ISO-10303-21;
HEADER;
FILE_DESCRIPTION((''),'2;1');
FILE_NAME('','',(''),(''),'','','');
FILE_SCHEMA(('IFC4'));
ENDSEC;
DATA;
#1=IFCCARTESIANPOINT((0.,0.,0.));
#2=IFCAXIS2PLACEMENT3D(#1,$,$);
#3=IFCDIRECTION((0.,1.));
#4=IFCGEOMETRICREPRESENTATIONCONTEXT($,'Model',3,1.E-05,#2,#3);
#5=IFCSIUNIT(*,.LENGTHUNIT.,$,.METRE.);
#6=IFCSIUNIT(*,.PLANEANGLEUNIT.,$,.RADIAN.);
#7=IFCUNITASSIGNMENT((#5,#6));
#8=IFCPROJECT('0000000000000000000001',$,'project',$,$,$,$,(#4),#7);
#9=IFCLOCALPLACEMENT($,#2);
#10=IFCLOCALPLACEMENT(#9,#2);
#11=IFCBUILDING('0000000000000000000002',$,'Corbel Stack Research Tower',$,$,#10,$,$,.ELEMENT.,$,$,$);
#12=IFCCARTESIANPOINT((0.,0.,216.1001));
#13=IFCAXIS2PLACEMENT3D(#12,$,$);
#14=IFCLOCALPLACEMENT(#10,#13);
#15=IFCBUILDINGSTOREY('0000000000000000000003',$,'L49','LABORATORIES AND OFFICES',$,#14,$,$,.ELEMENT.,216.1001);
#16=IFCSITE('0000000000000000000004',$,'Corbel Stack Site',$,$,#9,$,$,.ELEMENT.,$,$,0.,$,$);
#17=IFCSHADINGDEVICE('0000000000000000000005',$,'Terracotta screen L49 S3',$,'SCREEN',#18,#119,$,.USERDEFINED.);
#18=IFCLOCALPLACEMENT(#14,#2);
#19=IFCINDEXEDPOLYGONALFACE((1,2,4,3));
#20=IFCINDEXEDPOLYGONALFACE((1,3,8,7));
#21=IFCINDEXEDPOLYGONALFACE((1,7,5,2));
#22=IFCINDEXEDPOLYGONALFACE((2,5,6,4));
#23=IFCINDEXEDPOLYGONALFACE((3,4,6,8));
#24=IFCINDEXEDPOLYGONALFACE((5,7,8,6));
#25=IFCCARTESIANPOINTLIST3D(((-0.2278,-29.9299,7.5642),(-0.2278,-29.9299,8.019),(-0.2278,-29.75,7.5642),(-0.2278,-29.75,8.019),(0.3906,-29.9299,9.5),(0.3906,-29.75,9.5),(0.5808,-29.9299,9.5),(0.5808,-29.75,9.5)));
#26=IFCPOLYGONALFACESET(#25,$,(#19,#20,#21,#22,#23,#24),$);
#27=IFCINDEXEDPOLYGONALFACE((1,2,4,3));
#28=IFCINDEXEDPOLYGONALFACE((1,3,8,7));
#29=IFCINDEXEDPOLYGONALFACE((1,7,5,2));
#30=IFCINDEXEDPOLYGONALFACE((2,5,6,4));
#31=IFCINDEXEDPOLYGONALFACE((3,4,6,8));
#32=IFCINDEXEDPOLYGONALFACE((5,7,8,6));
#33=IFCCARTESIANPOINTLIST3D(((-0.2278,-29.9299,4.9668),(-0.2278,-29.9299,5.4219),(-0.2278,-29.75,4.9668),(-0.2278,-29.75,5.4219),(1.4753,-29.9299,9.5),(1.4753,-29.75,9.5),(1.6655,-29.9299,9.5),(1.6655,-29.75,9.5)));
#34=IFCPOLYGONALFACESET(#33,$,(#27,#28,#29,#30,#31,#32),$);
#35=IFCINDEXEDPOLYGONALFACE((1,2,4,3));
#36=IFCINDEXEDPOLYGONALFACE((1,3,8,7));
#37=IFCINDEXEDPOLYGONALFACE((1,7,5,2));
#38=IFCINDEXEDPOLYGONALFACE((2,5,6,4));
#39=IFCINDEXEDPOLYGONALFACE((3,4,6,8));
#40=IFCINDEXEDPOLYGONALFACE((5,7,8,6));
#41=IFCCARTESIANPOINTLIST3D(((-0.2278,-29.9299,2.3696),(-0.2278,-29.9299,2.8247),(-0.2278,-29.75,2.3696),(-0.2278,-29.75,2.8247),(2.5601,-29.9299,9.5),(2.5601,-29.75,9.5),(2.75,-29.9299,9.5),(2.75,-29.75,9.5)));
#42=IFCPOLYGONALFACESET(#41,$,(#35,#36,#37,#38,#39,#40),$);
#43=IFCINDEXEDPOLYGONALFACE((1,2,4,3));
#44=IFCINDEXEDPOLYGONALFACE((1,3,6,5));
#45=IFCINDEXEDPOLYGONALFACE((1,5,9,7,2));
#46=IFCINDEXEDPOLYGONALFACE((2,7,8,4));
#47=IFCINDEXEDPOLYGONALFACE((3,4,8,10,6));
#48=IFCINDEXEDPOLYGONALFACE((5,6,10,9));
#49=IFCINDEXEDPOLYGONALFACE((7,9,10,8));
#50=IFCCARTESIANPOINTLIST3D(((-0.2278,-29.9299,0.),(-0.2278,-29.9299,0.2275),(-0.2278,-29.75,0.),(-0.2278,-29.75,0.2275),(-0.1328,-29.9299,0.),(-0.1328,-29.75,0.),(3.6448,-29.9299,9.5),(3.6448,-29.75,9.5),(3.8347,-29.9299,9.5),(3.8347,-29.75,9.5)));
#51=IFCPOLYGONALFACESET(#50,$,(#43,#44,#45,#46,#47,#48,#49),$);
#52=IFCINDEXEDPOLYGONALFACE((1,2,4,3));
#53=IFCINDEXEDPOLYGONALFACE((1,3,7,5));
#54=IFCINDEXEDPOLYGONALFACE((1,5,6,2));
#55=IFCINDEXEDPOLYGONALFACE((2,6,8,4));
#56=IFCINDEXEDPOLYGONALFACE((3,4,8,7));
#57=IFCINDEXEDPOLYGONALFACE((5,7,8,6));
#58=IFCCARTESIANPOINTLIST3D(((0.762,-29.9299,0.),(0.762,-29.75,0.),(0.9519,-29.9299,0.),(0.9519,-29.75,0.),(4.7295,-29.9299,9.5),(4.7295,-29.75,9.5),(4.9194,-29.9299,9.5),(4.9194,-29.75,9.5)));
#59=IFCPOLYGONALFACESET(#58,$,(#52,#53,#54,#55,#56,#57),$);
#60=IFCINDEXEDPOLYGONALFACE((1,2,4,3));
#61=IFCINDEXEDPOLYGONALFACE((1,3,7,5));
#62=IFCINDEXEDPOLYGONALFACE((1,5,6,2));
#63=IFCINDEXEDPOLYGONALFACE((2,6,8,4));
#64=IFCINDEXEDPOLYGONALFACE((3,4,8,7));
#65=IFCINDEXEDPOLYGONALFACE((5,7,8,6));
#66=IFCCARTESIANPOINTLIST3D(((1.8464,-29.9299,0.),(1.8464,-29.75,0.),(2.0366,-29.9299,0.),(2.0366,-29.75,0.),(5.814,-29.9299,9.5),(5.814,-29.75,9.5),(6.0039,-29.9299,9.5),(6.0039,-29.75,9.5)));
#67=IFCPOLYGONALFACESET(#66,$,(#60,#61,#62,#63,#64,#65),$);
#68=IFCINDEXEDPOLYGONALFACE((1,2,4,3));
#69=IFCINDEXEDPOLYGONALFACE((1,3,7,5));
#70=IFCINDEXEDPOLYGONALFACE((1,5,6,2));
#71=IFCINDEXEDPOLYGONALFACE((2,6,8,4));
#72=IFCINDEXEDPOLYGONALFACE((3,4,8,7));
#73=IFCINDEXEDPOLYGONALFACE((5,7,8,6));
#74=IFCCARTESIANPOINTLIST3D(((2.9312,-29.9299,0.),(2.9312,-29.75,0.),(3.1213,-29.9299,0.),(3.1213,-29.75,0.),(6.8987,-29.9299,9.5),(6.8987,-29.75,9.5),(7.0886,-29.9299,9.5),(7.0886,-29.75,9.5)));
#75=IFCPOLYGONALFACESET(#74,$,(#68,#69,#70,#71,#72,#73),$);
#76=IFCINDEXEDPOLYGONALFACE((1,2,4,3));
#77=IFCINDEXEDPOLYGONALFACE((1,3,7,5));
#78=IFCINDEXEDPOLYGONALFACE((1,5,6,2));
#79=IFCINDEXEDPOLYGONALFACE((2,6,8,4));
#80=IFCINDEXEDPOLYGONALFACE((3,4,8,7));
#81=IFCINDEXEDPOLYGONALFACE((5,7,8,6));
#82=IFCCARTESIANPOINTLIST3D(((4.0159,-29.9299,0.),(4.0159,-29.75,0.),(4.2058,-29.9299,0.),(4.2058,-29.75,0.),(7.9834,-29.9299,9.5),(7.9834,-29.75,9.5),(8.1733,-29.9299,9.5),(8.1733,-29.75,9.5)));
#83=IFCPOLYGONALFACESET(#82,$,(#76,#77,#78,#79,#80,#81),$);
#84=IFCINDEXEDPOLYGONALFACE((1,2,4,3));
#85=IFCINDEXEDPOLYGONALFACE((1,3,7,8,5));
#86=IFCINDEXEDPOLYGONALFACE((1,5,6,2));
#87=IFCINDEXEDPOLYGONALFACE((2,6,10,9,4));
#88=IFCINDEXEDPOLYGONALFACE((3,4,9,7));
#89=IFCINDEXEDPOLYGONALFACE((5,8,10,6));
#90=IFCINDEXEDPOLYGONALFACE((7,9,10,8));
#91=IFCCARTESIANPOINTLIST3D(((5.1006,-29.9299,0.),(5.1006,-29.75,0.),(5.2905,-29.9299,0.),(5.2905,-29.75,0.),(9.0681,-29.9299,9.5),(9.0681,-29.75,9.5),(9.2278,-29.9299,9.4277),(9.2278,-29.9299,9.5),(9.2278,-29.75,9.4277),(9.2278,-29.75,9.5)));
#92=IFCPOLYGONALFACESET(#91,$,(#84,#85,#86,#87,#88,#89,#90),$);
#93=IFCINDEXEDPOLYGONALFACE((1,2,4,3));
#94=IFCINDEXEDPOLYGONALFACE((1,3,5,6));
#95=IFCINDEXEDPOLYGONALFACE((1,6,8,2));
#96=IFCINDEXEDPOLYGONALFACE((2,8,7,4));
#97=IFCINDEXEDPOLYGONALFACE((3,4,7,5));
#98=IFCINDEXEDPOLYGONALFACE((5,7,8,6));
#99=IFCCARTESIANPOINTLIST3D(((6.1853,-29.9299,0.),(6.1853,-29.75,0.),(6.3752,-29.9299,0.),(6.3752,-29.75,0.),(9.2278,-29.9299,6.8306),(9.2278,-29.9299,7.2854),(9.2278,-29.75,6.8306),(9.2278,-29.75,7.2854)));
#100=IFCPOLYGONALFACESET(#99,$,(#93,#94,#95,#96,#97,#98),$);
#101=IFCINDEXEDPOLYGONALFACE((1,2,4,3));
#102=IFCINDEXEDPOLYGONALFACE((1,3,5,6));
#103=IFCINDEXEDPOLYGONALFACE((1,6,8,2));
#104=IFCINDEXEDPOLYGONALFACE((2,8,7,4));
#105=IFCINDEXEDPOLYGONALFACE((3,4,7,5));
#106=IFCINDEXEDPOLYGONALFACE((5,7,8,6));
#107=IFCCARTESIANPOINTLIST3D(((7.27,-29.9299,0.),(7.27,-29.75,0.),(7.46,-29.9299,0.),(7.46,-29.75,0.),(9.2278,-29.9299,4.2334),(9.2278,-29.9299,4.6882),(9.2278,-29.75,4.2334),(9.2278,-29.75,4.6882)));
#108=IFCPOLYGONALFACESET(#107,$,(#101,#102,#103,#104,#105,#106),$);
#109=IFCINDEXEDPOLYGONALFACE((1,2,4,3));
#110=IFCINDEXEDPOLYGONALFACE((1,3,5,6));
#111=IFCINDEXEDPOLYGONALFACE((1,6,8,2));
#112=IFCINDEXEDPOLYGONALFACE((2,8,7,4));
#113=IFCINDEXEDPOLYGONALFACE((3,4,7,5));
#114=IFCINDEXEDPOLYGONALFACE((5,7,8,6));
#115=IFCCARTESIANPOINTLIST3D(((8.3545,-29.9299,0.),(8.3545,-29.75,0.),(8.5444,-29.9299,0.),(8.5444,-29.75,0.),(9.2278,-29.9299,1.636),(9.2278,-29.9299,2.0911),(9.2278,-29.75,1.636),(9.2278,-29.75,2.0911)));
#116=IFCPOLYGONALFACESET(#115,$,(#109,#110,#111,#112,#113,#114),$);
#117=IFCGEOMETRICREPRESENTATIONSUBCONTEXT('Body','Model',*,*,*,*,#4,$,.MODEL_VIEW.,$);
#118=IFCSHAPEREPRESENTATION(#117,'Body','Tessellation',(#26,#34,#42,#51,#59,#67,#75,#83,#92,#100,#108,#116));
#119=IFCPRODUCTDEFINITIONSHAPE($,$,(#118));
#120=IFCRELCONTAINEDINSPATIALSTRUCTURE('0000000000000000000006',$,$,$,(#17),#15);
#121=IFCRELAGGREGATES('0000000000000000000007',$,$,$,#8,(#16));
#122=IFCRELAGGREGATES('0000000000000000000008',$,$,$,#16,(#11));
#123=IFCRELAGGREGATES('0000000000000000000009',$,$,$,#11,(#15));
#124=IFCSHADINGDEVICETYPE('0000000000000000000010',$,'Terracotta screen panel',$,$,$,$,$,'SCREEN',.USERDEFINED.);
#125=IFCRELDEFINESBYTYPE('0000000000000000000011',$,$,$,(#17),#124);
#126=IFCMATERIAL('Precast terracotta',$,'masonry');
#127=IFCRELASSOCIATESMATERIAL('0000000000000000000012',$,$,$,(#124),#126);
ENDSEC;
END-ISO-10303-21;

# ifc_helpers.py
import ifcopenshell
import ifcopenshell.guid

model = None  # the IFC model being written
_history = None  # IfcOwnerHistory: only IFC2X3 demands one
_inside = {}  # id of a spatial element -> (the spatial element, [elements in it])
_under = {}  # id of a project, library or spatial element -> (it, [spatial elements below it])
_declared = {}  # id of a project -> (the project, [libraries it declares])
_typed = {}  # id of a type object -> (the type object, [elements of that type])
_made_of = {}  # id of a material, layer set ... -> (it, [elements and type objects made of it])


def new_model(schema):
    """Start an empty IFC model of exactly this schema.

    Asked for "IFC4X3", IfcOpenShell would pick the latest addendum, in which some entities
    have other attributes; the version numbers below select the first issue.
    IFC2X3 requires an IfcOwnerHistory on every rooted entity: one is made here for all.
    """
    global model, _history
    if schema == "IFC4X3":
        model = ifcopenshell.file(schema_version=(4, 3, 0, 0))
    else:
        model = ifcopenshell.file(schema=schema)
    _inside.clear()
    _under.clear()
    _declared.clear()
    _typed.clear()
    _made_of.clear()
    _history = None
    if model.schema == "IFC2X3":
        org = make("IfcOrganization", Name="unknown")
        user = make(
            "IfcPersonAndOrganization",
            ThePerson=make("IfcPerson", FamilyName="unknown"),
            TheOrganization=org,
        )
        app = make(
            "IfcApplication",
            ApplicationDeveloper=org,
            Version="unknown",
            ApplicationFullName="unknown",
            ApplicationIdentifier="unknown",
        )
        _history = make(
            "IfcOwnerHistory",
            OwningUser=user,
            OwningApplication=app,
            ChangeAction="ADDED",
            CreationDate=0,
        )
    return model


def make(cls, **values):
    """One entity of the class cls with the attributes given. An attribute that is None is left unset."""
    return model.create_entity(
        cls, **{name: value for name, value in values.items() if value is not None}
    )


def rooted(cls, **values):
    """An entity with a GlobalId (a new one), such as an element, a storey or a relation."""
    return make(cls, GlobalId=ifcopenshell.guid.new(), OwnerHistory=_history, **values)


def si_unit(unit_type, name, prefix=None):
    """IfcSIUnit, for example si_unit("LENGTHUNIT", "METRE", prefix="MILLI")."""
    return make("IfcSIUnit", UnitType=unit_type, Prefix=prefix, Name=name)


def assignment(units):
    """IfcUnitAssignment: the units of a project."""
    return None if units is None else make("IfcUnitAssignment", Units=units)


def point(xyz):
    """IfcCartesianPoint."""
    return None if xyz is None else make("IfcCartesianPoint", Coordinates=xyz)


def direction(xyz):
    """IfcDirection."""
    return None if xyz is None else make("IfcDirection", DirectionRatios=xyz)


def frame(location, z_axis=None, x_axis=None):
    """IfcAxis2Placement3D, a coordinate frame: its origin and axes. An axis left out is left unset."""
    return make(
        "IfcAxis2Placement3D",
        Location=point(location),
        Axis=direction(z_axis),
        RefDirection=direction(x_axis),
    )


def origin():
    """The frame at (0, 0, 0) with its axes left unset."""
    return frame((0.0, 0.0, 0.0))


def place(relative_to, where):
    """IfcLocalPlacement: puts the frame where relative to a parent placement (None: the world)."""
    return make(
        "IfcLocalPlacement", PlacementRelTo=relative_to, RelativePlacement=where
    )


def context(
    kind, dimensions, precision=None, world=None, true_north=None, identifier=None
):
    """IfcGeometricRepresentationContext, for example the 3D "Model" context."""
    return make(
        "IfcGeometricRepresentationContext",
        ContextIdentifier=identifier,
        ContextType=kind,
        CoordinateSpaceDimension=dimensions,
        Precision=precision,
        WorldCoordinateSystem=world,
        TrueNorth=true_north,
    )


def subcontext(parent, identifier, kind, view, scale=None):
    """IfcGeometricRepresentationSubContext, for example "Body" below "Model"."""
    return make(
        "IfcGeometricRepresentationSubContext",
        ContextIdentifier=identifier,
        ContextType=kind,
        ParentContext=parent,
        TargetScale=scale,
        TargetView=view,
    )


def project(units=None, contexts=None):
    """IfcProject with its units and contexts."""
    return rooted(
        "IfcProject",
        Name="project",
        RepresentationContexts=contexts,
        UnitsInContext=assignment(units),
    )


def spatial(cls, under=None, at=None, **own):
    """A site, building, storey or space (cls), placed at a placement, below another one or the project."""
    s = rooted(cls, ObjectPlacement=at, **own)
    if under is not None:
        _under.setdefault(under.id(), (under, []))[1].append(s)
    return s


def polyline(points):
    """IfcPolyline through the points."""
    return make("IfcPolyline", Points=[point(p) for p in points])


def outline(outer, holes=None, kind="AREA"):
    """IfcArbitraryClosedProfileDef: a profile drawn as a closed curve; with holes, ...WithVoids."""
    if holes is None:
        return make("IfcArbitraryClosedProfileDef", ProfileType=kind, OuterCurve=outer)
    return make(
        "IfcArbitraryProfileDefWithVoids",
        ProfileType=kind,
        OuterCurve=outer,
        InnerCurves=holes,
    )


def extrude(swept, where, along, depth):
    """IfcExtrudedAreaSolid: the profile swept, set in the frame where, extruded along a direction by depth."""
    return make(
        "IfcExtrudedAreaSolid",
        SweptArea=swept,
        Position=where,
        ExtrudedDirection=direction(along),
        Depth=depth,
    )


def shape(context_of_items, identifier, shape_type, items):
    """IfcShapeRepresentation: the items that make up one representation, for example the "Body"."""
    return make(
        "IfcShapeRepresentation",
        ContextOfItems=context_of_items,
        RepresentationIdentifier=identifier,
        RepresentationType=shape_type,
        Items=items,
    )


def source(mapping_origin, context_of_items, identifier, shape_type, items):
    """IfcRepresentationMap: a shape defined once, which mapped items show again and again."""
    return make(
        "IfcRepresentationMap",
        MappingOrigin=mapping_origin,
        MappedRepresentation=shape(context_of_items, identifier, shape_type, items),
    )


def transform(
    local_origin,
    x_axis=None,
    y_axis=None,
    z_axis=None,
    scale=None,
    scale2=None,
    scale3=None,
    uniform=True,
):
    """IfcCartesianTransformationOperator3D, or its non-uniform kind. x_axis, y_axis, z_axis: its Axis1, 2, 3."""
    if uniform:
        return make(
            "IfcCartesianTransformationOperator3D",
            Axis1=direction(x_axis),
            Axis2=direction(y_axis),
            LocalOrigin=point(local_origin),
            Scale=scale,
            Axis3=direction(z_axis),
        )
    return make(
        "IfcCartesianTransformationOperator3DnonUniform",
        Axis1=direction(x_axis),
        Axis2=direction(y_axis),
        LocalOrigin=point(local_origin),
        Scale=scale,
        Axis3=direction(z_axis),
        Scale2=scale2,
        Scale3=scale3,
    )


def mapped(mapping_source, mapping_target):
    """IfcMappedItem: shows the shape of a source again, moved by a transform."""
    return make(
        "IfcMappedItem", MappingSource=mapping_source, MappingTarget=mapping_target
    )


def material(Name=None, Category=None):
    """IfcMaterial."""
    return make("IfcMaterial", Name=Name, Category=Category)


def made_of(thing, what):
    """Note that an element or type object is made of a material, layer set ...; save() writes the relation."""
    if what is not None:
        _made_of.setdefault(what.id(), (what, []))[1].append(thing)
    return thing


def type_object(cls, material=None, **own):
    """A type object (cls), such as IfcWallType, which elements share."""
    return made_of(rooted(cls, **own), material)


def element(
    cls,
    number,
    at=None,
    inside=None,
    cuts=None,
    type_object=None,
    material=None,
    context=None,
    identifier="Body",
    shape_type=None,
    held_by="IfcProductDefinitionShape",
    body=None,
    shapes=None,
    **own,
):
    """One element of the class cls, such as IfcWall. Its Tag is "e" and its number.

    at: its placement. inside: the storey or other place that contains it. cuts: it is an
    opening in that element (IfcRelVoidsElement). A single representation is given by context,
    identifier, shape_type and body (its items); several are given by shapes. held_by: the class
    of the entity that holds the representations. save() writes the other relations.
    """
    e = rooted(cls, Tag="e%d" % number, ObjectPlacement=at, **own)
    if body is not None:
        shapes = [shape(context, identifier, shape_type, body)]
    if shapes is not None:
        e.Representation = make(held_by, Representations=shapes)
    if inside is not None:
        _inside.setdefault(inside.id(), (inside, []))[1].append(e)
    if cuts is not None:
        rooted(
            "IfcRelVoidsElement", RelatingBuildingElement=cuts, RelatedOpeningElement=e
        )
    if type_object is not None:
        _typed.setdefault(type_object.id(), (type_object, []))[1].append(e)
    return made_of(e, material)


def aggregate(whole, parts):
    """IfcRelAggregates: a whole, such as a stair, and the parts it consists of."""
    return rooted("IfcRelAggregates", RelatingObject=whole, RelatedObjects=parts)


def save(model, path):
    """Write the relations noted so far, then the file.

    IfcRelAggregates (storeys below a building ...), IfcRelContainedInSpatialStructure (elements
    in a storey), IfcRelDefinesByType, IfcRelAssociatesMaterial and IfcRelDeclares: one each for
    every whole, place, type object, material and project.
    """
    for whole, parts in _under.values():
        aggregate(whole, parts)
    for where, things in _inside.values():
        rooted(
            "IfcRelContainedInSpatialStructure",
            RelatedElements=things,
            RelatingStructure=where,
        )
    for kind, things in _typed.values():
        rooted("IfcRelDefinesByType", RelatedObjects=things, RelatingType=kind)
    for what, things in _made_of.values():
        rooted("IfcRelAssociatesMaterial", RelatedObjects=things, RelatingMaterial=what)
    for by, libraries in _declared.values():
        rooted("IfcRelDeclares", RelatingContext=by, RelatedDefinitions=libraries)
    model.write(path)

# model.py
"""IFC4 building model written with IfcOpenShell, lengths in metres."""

from ifc_helpers import new_model, si_unit, direction, frame, origin, place, context, subcontext, project, spatial, polyline, outline, extrude, source, transform, mapped, material, type_object, element, save


model = new_model("IFC4")

# Units and contexts
model_context = context("Model", 3, precision=1e-05, world=origin(), true_north=direction((0.0, 1.0)))
body_context = subcontext(model_context, "Body", "Model", "MODEL_VIEW")
ifc_project = project(units=[si_unit("LENGTHUNIT", "METRE"), si_unit("PLANEANGLEUNIT", "RADIAN")], contexts=[model_context])

# Site, building, storey
site_placement = place(None, origin())
site = spatial("IfcSite", under=ifc_project, at=site_placement, Name="Corbel Stack Site", CompositionType="ELEMENT", RefElevation=0.0)
building_placement = place(site_placement, origin())
building = spatial("IfcBuilding", under=site, at=building_placement, Name="Corbel Stack Research Tower", CompositionType="ELEMENT")
storey_placement = place(building_placement, frame((0.0, 0.0, 216.1001)))
storey = spatial("IfcBuildingStorey", under=building, at=storey_placement, Name="L49", Description="LABORATORIES AND OFFICES", CompositionType="ELEMENT", Elevation=216.1001)

# Shading device
ifc_material_1 = material(Name="Precast terracotta", Category="masonry")
shading_device_type = type_object("IfcShadingDeviceType", Name="Terracotta screen panel", ElementType="SCREEN", PredefinedType="USERDEFINED", material=ifc_material_1)
shared_shape_1 = source(origin(), body_context, "Body", "SweptSolid", [
    extrude(outline(polyline([(0.8086, 9.5), (0.6184, 9.5), (0.0, 8.019), (0.0, 7.5642), (0.8086, 9.5)])), frame((0.0, 0.0, 0.0), z_axis=(0.0, -1.0, 0.0), x_axis=(1.0, 0.0, 0.0)), (0.0, 0.0, 1.0), 0.1799),
    extrude(outline(polyline([(1.8933, 9.5), (1.7031, 9.5), (0.0, 5.4219), (0.0, 4.9668), (1.8933, 9.5)])), frame((0.0, 0.0, 0.0), z_axis=(0.0, -1.0, 0.0), x_axis=(1.0, 0.0, 0.0)), (0.0, 0.0, 1.0), 0.1799),
    extrude(outline(polyline([(2.9778, 9.5), (2.7878, 9.5), (0.0, 2.8247), (0.0, 2.3696), (2.9778, 9.5)])), frame((0.0, 0.0, 0.0), z_axis=(0.0, -1.0, 0.0), x_axis=(1.0, 0.0, 0.0)), (0.0, 0.0, 1.0), 0.1799),
    extrude(outline(polyline([(0.095, 0.0), (4.0625, 9.5), (3.8726, 9.5), (0.0, 0.2275), (0.0, 0.0), (0.095, 0.0)])), frame((0.0, 0.0, 0.0), z_axis=(0.0, -1.0, 0.0), x_axis=(1.0, 0.0, 0.0)), (0.0, 0.0, 1.0), 0.1799),
    extrude(outline(polyline([(1.1797, 0.0), (5.1472, 9.5), (4.9573, 9.5), (0.9897, 0.0), (1.1797, 0.0)])), frame((0.0, 0.0, 0.0), z_axis=(0.0, -1.0, 0.0), x_axis=(1.0, 0.0, 0.0)), (0.0, 0.0, 1.0), 0.1799),
    extrude(outline(polyline([(2.2644, 0.0), (6.2317, 9.5), (6.0417, 9.5), (2.0742, 0.0), (2.2644, 0.0)])), frame((0.0, 0.0, 0.0), z_axis=(0.0, -1.0, 0.0), x_axis=(1.0, 0.0, 0.0)), (0.0, 0.0, 1.0), 0.1799),
    extrude(outline(polyline([(3.3491, 0.0), (7.3164, 9.5), (7.1265, 9.5), (3.1589, 0.0), (3.3491, 0.0)])), frame((0.0, 0.0, 0.0), z_axis=(0.0, -1.0, 0.0), x_axis=(1.0, 0.0, 0.0)), (0.0, 0.0, 1.0), 0.1799),
    extrude(outline(polyline([(4.4336, 0.0), (8.4011, 9.5), (8.2112, 9.5), (4.2437, 0.0), (4.4336, 0.0)])), frame((0.0, 0.0, 0.0), z_axis=(0.0, -1.0, 0.0), x_axis=(1.0, 0.0, 0.0)), (0.0, 0.0, 1.0), 0.1799),
    extrude(outline(polyline([(5.5183, 0.0), (9.4556, 9.4277), (9.4556, 9.5), (9.2959, 9.5), (5.3284, 0.0), (5.5183, 0.0)])), frame((0.0, 0.0, 0.0), z_axis=(0.0, -1.0, 0.0), x_axis=(1.0, 0.0, 0.0)), (0.0, 0.0, 1.0), 0.1799),
    extrude(outline(polyline([(6.603, 0.0), (9.4556, 6.8306), (9.4556, 7.2854), (6.4131, 0.0), (6.603, 0.0)])), frame((0.0, 0.0, 0.0), z_axis=(0.0, -1.0, 0.0), x_axis=(1.0, 0.0, 0.0)), (0.0, 0.0, 1.0), 0.1799),
    extrude(outline(polyline([(7.6877, 0.0), (9.4556, 4.2334), (9.4556, 4.6882), (7.4978, 0.0), (7.6877, 0.0)])), frame((0.0, 0.0, 0.0), z_axis=(0.0, -1.0, 0.0), x_axis=(1.0, 0.0, 0.0)), (0.0, 0.0, 1.0), 0.1799),
    extrude(outline(polyline([(8.7722, 0.0), (9.4556, 1.636), (9.4556, 2.0911), (8.5823, 0.0), (8.7722, 0.0)])), frame((0.0, 0.0, 0.0), z_axis=(0.0, -1.0, 0.0), x_axis=(1.0, 0.0, 0.0)), (0.0, 0.0, 1.0), 0.1799),
])
shading_device_1_placement = place(storey_placement, frame((-0.2278, -29.75, 0.0), z_axis=(0.0, 0.0, 1.0), x_axis=(1.0, 0.0, 0.0)))
element("IfcShadingDevice", 1, at=shading_device_1_placement, inside=storey, type_object=shading_device_type, Name="Terracotta screen L49 S3", ObjectType="SCREEN", PredefinedType="USERDEFINED", context=body_context, shape_type="MappedRepresentation", body=[
    mapped(shared_shape_1, transform((0.0, 0.0, 0.0))),
])

save(model, "model.ifc")
